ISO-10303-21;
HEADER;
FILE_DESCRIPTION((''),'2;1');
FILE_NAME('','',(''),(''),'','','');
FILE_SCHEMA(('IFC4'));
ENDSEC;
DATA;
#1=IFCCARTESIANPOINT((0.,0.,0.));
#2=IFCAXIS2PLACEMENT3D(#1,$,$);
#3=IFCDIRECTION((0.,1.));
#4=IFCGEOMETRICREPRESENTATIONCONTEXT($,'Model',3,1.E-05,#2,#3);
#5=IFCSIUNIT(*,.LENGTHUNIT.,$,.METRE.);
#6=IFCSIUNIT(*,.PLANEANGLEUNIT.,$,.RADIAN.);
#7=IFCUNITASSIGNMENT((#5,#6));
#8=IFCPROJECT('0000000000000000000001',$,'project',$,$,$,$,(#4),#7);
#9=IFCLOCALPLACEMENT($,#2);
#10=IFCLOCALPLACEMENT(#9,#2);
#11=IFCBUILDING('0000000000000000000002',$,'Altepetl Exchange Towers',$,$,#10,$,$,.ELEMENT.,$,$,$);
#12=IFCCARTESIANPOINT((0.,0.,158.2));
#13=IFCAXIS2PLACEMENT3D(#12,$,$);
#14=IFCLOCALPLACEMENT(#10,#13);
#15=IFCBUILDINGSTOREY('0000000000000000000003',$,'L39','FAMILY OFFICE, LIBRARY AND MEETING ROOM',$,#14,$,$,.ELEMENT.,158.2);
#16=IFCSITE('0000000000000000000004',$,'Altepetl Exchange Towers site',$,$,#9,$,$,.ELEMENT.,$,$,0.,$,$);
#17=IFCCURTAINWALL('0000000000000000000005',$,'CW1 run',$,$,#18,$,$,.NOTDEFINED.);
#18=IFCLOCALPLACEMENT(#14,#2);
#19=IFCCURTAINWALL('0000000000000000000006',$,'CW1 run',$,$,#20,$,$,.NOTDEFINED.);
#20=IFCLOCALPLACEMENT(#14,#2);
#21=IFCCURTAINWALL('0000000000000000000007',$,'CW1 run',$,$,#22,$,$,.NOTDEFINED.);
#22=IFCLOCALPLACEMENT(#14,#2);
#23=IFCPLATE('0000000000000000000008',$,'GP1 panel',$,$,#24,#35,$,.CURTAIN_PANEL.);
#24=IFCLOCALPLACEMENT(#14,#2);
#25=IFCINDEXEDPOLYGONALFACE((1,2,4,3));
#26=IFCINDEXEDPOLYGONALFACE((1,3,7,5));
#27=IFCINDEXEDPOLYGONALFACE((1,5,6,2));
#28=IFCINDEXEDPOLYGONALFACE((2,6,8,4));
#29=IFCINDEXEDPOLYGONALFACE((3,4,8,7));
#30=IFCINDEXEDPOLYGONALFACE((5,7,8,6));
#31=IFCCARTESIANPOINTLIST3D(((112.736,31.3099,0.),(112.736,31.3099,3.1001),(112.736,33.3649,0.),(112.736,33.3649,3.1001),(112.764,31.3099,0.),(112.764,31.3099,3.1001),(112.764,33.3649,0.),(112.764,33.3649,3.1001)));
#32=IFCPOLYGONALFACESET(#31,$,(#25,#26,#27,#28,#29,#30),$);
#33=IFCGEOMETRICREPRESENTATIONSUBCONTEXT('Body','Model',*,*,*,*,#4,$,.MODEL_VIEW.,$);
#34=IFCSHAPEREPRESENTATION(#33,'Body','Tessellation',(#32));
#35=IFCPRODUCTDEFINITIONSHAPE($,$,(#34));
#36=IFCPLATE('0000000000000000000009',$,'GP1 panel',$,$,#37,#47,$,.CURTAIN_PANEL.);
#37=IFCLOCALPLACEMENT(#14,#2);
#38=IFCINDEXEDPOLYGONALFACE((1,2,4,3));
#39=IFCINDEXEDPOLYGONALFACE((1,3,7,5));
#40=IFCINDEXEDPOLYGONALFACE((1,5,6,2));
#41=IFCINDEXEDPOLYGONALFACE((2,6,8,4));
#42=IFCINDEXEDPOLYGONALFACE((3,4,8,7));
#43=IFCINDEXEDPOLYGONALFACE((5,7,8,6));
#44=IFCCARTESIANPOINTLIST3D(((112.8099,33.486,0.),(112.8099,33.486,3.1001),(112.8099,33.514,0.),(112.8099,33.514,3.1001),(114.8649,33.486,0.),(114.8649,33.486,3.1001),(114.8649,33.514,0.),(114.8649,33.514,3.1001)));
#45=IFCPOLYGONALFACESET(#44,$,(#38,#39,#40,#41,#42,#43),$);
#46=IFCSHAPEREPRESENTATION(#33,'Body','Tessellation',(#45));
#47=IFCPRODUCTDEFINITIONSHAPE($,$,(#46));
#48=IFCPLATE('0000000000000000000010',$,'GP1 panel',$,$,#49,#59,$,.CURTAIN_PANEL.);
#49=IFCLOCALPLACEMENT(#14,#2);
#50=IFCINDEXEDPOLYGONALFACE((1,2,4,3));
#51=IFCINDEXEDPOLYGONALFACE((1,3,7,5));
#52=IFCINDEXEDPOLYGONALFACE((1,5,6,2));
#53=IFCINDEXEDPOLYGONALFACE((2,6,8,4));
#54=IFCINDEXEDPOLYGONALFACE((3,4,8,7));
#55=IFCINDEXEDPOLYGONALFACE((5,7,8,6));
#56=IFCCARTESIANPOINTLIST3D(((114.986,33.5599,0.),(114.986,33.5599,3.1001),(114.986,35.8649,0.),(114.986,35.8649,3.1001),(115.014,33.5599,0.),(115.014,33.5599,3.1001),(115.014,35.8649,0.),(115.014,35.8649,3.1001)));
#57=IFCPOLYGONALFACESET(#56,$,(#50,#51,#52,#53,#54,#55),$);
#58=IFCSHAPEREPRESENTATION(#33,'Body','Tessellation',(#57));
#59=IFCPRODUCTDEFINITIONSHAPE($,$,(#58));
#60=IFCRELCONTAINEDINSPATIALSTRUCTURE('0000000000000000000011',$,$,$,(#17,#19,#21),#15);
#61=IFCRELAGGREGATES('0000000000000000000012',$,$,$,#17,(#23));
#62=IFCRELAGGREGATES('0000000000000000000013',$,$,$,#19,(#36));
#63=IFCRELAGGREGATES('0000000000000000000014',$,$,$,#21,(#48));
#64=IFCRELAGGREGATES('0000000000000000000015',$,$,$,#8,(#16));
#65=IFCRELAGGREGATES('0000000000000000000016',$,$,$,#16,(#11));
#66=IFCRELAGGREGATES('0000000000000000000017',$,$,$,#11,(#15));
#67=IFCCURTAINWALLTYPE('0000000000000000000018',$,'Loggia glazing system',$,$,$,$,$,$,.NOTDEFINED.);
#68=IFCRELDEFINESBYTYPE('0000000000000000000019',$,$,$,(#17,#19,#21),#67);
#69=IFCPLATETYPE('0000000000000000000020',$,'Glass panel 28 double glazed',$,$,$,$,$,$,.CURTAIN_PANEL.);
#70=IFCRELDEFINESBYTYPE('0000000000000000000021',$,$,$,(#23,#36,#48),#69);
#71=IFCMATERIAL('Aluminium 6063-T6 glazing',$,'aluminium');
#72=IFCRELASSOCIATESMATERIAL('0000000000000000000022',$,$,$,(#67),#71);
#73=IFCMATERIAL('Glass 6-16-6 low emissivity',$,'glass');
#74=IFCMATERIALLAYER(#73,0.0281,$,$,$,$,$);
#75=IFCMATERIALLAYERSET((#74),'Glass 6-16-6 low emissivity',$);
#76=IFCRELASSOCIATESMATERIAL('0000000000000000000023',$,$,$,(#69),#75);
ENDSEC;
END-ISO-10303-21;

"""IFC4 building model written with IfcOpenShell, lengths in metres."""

from ifc_helpers import new_model, si_unit, direction, frame, origin, origin_2d, place, context, subcontext, project, spatial, rectangle, extrude, material, layer, layer_set, type_object, element, aggregate, save


model = new_model("IFC4")

# Units and contexts
model_context = context("Model", 3, precision=1e-05, world=origin(), true_north=direction((0.0, 1.0)))
body_context = subcontext(model_context, "Body", "Model", "MODEL_VIEW")
ifc_project = project(units=[si_unit("LENGTHUNIT", "METRE"), si_unit("PLANEANGLEUNIT", "RADIAN")], contexts=[model_context])

# Site, building, storey
site_placement = place(None, origin())
site = spatial("IfcSite", under=ifc_project, at=site_placement, Name="Altepetl Exchange Towers site", CompositionType="ELEMENT", RefElevation=0.0)
building_placement = place(site_placement, origin())
building = spatial("IfcBuilding", under=site, at=building_placement, Name="Altepetl Exchange Towers", CompositionType="ELEMENT")
storey_placement = place(building_placement, frame((0.0, 0.0, 158.2)))
storey = spatial("IfcBuildingStorey", under=building, at=storey_placement, Name="L39", Description="FAMILY OFFICE, LIBRARY AND MEETING ROOM", CompositionType="ELEMENT", Elevation=158.2)

# Shared definitions
ifc_material_1 = material(Name="Aluminium 6063-T6 glazing", Category="aluminium")
curtain_wall_type = type_object("IfcCurtainWallType", Name="Loggia glazing system", PredefinedType="NOTDEFINED", material=ifc_material_1)

# Curtain walls
curtain_wall_1_placement = place(storey_placement, origin())
curtain_wall_1 = element("IfcCurtainWall", 1, at=curtain_wall_1_placement, inside=storey, type_object=curtain_wall_type, Name="CW1 run", PredefinedType="NOTDEFINED")
curtain_wall_2_placement = place(storey_placement, origin())
curtain_wall_2 = element("IfcCurtainWall", 2, at=curtain_wall_2_placement, inside=storey, type_object=curtain_wall_type, Name="CW1 run", PredefinedType="NOTDEFINED")
curtain_wall_3_placement = place(storey_placement, origin())
curtain_wall_3 = element("IfcCurtainWall", 3, at=curtain_wall_3_placement, inside=storey, type_object=curtain_wall_type, Name="CW1 run", PredefinedType="NOTDEFINED")

# Plates
ifc_material_2 = material(Name="Glass 6-16-6 low emissivity", Category="glass")
ifc_layer = layer(ifc_material_2, 0.0281)
ifc_layer_set = layer_set([ifc_layer], Name="Glass 6-16-6 low emissivity")
plate_type = type_object("IfcPlateType", Name="Glass panel 28 double glazed", PredefinedType="CURTAIN_PANEL", material=ifc_layer_set)
plate_1_placement = place(storey_placement, frame((112.75, 32.3374, 0.0), z_axis=(0.0, 0.0, 1.0), x_axis=(0.0, 1.0, 0.0)))
plate_1 = element("IfcPlate", 4, at=plate_1_placement, type_object=plate_type, Name="GP1 panel", PredefinedType="CURTAIN_PANEL", context=body_context, shape_type="SweptSolid", body=[
    extrude(rectangle(XDim=2.0549, YDim=0.0281, at=origin_2d()), origin(), (0.0, 0.0, 1.0), 3.1001),
])
aggregate(curtain_wall_1, [plate_1])
plate_2_placement = place(storey_placement, frame((113.8374, 33.5, 0.0)))
plate_2 = element("IfcPlate", 5, at=plate_2_placement, type_object=plate_type, Name="GP1 panel", PredefinedType="CURTAIN_PANEL", context=body_context, shape_type="SweptSolid", body=[
    extrude(rectangle(XDim=2.0549, YDim=0.0281, at=origin_2d()), origin(), (0.0, 0.0, 1.0), 3.1001),
])
aggregate(curtain_wall_2, [plate_2])
plate_3_placement = place(storey_placement, frame((115.0, 34.7124, 0.0), z_axis=(0.0, 0.0, 1.0), x_axis=(0.0, 1.0, 0.0)))
plate_3 = element("IfcPlate", 6, at=plate_3_placement, type_object=plate_type, Name="GP1 panel", PredefinedType="CURTAIN_PANEL", context=body_context, shape_type="SweptSolid", body=[
    extrude(rectangle(XDim=2.3049, YDim=0.0281, at=origin_2d()), origin(), (0.0, 0.0, 1.0), 3.1001),
])
aggregate(curtain_wall_3, [plate_3])

save(model, "model.ifc")
